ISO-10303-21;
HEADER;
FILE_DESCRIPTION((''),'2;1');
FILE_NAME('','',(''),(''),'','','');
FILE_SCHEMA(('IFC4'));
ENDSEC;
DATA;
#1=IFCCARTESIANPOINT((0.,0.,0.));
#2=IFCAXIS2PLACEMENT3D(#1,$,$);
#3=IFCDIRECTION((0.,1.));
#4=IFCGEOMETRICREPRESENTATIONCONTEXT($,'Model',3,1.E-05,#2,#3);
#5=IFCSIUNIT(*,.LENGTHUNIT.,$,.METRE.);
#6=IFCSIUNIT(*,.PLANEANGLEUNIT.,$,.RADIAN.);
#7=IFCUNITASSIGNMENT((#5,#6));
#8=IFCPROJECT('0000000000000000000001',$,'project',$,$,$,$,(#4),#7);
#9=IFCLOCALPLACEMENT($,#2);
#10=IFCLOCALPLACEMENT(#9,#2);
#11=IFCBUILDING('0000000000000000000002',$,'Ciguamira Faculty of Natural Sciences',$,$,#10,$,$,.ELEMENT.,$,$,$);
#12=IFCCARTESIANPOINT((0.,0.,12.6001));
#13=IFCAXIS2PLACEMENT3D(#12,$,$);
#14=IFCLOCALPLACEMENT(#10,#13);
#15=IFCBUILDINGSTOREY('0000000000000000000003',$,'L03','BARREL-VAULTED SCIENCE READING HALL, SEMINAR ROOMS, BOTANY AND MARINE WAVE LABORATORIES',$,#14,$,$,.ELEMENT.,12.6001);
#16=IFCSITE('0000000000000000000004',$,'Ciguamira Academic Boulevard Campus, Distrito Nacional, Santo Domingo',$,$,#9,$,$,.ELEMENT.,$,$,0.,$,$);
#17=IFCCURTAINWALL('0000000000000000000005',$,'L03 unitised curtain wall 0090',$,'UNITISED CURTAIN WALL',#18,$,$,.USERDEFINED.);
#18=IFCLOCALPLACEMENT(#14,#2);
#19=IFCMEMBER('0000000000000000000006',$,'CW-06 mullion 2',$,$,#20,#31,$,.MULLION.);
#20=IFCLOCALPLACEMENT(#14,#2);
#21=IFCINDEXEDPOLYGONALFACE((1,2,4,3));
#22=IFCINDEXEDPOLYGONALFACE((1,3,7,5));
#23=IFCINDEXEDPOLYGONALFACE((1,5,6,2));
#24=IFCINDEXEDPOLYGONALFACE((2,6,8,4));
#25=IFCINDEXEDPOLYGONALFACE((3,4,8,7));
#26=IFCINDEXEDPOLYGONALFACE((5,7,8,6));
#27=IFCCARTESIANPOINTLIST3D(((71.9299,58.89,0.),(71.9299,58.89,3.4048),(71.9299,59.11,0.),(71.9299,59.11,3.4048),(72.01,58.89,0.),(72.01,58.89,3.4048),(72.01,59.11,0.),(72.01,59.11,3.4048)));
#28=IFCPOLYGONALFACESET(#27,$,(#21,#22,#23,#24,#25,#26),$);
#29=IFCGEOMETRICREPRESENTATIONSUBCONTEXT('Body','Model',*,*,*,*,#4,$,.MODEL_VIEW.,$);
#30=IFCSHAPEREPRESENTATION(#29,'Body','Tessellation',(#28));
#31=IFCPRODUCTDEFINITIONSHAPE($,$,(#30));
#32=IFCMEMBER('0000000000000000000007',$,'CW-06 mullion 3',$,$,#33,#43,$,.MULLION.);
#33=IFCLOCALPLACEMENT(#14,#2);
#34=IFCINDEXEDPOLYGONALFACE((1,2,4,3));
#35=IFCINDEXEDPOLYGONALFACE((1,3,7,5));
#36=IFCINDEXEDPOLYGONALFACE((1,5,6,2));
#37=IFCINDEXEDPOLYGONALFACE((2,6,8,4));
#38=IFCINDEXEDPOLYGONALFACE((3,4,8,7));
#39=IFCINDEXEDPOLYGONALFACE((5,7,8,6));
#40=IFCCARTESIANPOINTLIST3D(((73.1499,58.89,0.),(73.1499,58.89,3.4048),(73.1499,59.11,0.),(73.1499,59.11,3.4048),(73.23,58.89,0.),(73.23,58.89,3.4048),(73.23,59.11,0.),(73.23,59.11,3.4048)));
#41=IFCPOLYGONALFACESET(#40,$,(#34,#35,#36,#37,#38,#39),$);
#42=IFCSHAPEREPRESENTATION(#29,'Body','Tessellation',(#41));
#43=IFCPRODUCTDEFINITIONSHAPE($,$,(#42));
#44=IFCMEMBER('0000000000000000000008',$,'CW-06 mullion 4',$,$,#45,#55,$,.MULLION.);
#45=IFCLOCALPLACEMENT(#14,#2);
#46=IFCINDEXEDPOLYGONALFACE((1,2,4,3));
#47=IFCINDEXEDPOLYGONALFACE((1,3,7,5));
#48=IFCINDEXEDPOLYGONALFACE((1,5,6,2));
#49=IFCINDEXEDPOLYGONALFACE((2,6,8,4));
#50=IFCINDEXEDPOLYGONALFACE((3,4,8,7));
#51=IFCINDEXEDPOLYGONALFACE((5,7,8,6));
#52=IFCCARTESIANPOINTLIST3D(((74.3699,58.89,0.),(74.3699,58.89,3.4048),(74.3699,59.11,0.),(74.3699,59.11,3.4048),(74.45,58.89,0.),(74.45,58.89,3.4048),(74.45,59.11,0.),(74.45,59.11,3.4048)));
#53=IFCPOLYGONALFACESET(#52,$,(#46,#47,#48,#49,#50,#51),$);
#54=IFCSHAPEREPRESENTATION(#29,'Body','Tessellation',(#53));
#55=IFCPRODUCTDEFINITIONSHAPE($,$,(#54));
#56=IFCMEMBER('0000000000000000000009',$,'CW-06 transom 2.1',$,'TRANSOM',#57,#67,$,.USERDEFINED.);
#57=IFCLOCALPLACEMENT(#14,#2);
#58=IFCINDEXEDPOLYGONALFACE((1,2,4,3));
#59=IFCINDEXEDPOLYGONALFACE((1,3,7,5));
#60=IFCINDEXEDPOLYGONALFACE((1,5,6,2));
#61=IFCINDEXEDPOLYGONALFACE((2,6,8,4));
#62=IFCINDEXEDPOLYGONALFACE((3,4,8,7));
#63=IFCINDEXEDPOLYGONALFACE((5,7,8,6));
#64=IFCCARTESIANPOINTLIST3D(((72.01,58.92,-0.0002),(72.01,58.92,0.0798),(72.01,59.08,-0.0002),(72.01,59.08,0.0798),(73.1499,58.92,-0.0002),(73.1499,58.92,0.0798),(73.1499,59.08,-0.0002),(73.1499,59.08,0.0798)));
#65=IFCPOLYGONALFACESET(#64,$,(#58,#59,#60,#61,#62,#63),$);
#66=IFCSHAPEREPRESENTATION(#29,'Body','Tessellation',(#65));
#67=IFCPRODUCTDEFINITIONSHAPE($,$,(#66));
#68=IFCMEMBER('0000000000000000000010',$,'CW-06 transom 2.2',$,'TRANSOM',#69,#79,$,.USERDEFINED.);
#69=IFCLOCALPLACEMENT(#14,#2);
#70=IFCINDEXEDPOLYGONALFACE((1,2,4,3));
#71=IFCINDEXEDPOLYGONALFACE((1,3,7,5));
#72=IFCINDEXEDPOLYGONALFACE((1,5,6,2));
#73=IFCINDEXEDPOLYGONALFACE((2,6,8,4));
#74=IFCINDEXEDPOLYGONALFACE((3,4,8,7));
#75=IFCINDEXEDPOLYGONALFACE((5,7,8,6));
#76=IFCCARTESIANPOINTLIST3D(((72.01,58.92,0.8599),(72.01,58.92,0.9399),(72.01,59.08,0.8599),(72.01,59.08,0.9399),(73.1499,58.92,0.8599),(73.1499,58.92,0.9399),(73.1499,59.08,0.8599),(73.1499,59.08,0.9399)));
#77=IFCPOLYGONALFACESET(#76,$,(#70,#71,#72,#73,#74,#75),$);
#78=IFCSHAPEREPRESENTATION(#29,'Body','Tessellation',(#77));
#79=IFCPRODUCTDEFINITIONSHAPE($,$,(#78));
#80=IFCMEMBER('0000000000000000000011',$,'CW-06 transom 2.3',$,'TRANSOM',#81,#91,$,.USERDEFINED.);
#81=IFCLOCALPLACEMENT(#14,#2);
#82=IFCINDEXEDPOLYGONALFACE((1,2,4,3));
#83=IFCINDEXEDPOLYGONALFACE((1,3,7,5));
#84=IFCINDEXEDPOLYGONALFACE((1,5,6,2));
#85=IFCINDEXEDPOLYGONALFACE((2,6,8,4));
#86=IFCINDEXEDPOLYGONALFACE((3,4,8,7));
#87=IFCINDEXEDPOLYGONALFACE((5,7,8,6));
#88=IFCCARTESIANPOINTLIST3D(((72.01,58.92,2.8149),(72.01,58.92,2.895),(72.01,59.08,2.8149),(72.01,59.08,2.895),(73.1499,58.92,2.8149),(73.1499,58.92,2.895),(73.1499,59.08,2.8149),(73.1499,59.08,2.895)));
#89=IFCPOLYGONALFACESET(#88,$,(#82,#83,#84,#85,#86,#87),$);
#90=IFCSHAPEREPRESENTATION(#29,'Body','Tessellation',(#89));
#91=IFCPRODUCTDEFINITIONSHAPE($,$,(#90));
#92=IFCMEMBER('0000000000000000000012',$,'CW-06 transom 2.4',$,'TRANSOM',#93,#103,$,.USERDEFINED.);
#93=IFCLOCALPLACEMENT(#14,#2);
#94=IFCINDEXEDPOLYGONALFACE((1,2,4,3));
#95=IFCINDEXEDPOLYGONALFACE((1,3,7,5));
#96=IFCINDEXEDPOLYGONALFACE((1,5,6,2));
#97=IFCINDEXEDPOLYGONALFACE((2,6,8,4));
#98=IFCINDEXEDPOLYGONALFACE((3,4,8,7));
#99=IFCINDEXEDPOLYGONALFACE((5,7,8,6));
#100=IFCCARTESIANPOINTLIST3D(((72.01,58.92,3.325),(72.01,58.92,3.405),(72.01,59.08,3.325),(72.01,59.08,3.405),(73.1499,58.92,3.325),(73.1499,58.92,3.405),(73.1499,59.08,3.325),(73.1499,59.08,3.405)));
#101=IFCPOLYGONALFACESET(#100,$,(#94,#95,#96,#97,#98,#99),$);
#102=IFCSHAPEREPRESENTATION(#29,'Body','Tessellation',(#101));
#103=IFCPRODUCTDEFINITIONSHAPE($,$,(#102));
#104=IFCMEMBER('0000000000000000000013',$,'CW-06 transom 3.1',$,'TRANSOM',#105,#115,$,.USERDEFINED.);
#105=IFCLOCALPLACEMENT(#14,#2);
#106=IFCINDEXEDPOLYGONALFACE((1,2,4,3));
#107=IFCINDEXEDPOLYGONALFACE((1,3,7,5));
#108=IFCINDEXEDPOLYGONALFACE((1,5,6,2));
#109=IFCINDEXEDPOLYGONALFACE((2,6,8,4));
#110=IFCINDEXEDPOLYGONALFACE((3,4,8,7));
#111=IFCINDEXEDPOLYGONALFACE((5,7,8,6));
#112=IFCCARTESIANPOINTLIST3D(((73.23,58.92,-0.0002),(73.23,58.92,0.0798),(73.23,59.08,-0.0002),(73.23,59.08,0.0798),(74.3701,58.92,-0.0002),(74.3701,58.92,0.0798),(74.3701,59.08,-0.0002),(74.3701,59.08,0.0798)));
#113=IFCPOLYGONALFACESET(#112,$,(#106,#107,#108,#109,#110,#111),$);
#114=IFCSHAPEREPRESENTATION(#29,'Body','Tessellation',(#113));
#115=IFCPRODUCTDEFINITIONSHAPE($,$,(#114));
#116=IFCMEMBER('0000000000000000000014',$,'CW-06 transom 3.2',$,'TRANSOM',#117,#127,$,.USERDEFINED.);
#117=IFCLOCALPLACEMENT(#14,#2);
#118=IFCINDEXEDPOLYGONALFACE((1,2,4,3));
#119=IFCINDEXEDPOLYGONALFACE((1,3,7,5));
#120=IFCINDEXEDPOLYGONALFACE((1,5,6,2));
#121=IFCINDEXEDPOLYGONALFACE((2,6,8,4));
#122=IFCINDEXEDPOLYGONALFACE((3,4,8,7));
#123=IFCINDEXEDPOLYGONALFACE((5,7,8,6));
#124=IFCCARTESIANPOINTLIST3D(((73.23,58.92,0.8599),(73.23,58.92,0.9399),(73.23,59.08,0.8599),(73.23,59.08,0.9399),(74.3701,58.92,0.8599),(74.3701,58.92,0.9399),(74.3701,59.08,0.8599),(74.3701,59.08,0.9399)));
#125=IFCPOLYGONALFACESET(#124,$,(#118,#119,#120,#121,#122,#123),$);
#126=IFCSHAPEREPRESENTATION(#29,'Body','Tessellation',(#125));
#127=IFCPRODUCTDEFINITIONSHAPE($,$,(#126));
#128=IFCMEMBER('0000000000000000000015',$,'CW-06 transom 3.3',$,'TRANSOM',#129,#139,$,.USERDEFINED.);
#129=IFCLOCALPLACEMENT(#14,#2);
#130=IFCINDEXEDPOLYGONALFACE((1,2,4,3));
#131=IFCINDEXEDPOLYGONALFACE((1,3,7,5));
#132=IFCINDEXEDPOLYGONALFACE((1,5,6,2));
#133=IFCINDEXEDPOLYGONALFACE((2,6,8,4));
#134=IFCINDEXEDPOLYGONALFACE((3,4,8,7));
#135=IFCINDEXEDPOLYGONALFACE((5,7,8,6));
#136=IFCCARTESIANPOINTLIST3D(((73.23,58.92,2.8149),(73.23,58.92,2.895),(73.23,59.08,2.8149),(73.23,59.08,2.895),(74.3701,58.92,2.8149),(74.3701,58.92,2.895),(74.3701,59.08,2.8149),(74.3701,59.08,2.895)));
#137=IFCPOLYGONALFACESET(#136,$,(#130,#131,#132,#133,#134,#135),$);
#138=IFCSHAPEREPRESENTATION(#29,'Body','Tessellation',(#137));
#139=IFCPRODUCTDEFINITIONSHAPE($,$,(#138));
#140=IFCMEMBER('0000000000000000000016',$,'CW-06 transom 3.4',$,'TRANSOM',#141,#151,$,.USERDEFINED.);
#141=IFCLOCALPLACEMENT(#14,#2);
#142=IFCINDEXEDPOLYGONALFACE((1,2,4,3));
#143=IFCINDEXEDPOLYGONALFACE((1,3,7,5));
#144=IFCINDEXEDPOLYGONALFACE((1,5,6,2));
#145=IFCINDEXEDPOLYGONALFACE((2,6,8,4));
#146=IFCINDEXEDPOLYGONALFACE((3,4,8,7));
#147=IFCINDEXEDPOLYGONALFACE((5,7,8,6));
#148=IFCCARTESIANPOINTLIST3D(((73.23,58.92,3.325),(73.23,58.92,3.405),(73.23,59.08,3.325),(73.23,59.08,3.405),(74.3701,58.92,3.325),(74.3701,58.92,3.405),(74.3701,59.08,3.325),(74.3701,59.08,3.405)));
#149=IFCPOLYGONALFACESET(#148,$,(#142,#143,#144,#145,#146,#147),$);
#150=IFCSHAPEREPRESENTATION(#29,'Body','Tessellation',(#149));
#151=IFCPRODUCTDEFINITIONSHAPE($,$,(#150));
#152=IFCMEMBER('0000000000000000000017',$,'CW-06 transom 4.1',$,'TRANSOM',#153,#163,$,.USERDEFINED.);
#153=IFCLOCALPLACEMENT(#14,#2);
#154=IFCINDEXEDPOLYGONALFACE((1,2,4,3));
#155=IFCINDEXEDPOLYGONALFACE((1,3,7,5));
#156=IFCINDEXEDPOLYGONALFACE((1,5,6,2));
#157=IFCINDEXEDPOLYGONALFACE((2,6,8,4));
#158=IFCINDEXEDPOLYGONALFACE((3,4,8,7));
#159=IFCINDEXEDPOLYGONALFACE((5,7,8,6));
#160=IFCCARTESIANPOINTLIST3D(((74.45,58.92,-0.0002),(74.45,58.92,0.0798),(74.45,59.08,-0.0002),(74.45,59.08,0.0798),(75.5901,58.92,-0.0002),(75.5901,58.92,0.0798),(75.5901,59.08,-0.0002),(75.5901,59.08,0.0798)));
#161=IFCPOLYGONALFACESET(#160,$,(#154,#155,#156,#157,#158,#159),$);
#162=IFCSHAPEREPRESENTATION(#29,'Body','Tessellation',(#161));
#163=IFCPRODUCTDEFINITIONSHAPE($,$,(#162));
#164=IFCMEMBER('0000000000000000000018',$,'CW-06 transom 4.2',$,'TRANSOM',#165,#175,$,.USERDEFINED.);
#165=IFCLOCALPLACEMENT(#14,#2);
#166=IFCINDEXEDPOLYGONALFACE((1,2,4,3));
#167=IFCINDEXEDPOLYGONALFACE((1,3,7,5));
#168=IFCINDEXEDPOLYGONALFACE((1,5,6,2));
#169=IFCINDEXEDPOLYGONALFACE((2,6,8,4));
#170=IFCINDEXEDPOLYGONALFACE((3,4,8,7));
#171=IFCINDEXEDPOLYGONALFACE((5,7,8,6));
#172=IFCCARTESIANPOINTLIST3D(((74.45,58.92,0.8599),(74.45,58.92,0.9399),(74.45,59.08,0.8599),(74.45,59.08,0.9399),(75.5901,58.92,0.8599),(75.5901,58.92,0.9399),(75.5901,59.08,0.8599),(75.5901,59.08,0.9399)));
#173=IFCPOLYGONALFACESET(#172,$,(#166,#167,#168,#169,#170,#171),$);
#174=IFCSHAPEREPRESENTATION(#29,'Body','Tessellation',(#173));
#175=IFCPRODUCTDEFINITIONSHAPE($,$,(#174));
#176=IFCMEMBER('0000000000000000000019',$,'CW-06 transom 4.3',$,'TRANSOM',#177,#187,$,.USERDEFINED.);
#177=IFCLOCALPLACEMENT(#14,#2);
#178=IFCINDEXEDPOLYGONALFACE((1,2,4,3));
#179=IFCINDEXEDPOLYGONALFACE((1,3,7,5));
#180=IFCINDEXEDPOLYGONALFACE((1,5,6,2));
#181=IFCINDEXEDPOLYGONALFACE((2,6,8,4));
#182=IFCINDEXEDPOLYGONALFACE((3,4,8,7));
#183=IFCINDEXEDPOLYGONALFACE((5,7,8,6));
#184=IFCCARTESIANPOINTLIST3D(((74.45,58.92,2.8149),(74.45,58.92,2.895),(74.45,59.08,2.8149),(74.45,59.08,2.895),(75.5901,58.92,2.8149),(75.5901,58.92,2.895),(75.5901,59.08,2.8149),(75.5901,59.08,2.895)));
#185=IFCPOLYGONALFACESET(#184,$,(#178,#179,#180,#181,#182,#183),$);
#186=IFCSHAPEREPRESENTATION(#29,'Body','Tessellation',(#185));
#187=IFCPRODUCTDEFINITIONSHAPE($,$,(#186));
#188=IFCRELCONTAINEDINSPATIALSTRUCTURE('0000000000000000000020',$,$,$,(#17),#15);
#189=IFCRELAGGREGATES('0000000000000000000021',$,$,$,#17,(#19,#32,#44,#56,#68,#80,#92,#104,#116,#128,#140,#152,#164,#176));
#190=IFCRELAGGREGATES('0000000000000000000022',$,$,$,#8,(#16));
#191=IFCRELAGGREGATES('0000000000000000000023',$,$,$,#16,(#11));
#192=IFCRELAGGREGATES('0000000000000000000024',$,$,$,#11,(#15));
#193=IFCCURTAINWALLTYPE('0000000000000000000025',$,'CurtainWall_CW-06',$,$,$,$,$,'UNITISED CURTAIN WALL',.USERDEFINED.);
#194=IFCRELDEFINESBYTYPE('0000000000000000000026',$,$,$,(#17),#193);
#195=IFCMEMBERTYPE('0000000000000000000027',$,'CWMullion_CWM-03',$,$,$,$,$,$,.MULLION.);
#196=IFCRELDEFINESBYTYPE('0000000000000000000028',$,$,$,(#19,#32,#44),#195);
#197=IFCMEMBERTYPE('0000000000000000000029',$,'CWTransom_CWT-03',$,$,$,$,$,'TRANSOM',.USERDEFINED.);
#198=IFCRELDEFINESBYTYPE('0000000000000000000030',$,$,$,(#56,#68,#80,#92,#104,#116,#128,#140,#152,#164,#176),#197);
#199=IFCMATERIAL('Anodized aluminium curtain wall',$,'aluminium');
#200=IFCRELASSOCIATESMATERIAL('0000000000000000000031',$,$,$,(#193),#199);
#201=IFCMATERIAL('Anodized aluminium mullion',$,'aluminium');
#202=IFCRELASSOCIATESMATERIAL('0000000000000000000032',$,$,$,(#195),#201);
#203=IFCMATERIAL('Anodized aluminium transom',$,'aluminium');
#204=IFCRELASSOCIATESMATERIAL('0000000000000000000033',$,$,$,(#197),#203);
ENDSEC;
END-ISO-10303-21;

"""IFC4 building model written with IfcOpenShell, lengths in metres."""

from ifc_helpers import new_model, si_unit, direction, frame, origin, origin_2d, place, context, subcontext, project, spatial, rectangle, extrude, material, material_profile, profile_set, type_object, element, aggregate, save


model = new_model("IFC4")

# Units and contexts
model_context = context("Model", 3, precision=1e-05, world=origin(), true_north=direction((0.0, 1.0)))
body_context = subcontext(model_context, "Body", "Model", "MODEL_VIEW")
ifc_project = project(units=[si_unit("LENGTHUNIT", "METRE"), si_unit("PLANEANGLEUNIT", "RADIAN")], contexts=[model_context])

# Site, building, storey
site_placement = place(None, origin())
site = spatial("IfcSite", under=ifc_project, at=site_placement, Name="Ciguamira Academic Boulevard Campus, Distrito Nacional, Santo Domingo", CompositionType="ELEMENT", RefElevation=0.0)
building_placement = place(site_placement, origin())
building = spatial("IfcBuilding", under=site, at=building_placement, Name="Ciguamira Faculty of Natural Sciences", CompositionType="ELEMENT")
storey_placement = place(building_placement, frame((0.0, 0.0, 12.6001)))
storey = spatial("IfcBuildingStorey", under=building, at=storey_placement, Name="L03", Description="BARREL-VAULTED SCIENCE READING HALL, SEMINAR ROOMS, BOTANY AND MARINE WAVE LABORATORIES", CompositionType="ELEMENT", Elevation=12.6001)

# Curtain wall, members
ifc_material_1 = material(Name="Anodized aluminium curtain wall", Category="aluminium")
curtain_wall_type = type_object("IfcCurtainWallType", Name="CurtainWall_CW-06", ElementType="UNITISED CURTAIN WALL", PredefinedType="USERDEFINED", material=ifc_material_1)
curtain_wall_placement = place(storey_placement, origin())
curtain_wall = element("IfcCurtainWall", 1, at=curtain_wall_placement, inside=storey, type_object=curtain_wall_type, Name="L03 unitised curtain wall 0090", ObjectType="UNITISED CURTAIN WALL", PredefinedType="USERDEFINED")
ifc_material_2 = material(Name="Anodized aluminium mullion", Category="aluminium")
ifc_material_profile_1 = material_profile(ifc_material_2, rectangle(XDim=0.0801, YDim=0.22, at=origin_2d()), Name="ALU-MUL-80X220")
ifc_profile_set_1 = profile_set([ifc_material_profile_1], Name="Anodized aluminium mullion")
member_type_1 = type_object("IfcMemberType", Name="CWMullion_CWM-03", PredefinedType="MULLION", material=ifc_profile_set_1)
member_1_placement = place(storey_placement, frame((71.97, 59.0, 0.0), z_axis=(0.0, 0.0, 1.0), x_axis=(1.0, 0.0, 0.0)))
member_1 = element("IfcMember", 2, at=member_1_placement, type_object=member_type_1, Name="CW-06 mullion 2", PredefinedType="MULLION", context=body_context, shape_type="SweptSolid", body=[
    extrude(rectangle(XDim=0.0801, YDim=0.22, at=origin_2d()), origin(), (0.0, 0.0, 1.0), 3.4048),
])
member_2_placement = place(storey_placement, frame((73.1899, 59.0, 0.0), z_axis=(0.0, 0.0, 1.0), x_axis=(1.0, 0.0, 0.0)))
member_2 = element("IfcMember", 3, at=member_2_placement, type_object=member_type_1, Name="CW-06 mullion 3", PredefinedType="MULLION", context=body_context, shape_type="SweptSolid", body=[
    extrude(rectangle(XDim=0.0801, YDim=0.22, at=origin_2d()), origin(), (0.0, 0.0, 1.0), 3.4048),
])
member_3_placement = place(storey_placement, frame((74.4099, 59.0, 0.0), z_axis=(0.0, 0.0, 1.0), x_axis=(1.0, 0.0, 0.0)))
member_3 = element("IfcMember", 4, at=member_3_placement, type_object=member_type_1, Name="CW-06 mullion 4", PredefinedType="MULLION", context=body_context, shape_type="SweptSolid", body=[
    extrude(rectangle(XDim=0.0801, YDim=0.22, at=origin_2d()), origin(), (0.0, 0.0, 1.0), 3.4048),
])
ifc_material_3 = material(Name="Anodized aluminium transom", Category="aluminium")
ifc_material_profile_2 = material_profile(ifc_material_3, rectangle(XDim=0.0801, YDim=0.1599, at=origin_2d()), Name="ALU-TRN-80X160")
ifc_profile_set_2 = profile_set([ifc_material_profile_2], Name="Anodized aluminium transom")
member_type_2 = type_object("IfcMemberType", Name="CWTransom_CWT-03", ElementType="TRANSOM", PredefinedType="USERDEFINED", material=ifc_profile_set_2)
member_4_placement = place(storey_placement, frame((72.01, 59.0, 0.0398), z_axis=(1.0, 0.0, 0.0), x_axis=(0.0, 0.0, 1.0)))
member_4 = element("IfcMember", 5, at=member_4_placement, type_object=member_type_2, Name="CW-06 transom 2.1", ObjectType="TRANSOM", PredefinedType="USERDEFINED", context=body_context, shape_type="SweptSolid", body=[
    extrude(rectangle(XDim=0.0801, YDim=0.1599, at=origin_2d()), origin(), (0.0, 0.0, 1.0), 1.1399),
])
member_5_placement = place(storey_placement, frame((72.01, 59.0, 0.8999), z_axis=(1.0, 0.0, 0.0), x_axis=(0.0, 0.0, 1.0)))
member_5 = element("IfcMember", 6, at=member_5_placement, type_object=member_type_2, Name="CW-06 transom 2.2", ObjectType="TRANSOM", PredefinedType="USERDEFINED", context=body_context, shape_type="SweptSolid", body=[
    extrude(rectangle(XDim=0.0801, YDim=0.1599, at=origin_2d()), origin(), (0.0, 0.0, 1.0), 1.1399),
])
member_6_placement = place(storey_placement, frame((72.01, 59.0, 2.855), z_axis=(1.0, 0.0, 0.0), x_axis=(0.0, 0.0, 1.0)))
member_6 = element("IfcMember", 7, at=member_6_placement, type_object=member_type_2, Name="CW-06 transom 2.3", ObjectType="TRANSOM", PredefinedType="USERDEFINED", context=body_context, shape_type="SweptSolid", body=[
    extrude(rectangle(XDim=0.0801, YDim=0.1599, at=origin_2d()), origin(), (0.0, 0.0, 1.0), 1.1399),
])
member_7_placement = place(storey_placement, frame((72.01, 59.0, 3.365), z_axis=(1.0, 0.0, 0.0), x_axis=(0.0, 0.0, 1.0)))
member_7 = element("IfcMember", 8, at=member_7_placement, type_object=member_type_2, Name="CW-06 transom 2.4", ObjectType="TRANSOM", PredefinedType="USERDEFINED", context=body_context, shape_type="SweptSolid", body=[
    extrude(rectangle(XDim=0.0801, YDim=0.1599, at=origin_2d()), origin(), (0.0, 0.0, 1.0), 1.1399),
])
member_8_placement = place(storey_placement, frame((73.23, 59.0, 0.0398), z_axis=(1.0, 0.0, 0.0), x_axis=(0.0, 0.0, 1.0)))
member_8 = element("IfcMember", 9, at=member_8_placement, type_object=member_type_2, Name="CW-06 transom 3.1", ObjectType="TRANSOM", PredefinedType="USERDEFINED", context=body_context, shape_type="SweptSolid", body=[
    extrude(rectangle(XDim=0.0801, YDim=0.1599, at=origin_2d()), origin(), (0.0, 0.0, 1.0), 1.1401),
])
member_9_placement = place(storey_placement, frame((73.23, 59.0, 0.8999), z_axis=(1.0, 0.0, 0.0), x_axis=(0.0, 0.0, 1.0)))
member_9 = element("IfcMember", 10, at=member_9_placement, type_object=member_type_2, Name="CW-06 transom 3.2", ObjectType="TRANSOM", PredefinedType="USERDEFINED", context=body_context, shape_type="SweptSolid", body=[
    extrude(rectangle(XDim=0.0801, YDim=0.1599, at=origin_2d()), origin(), (0.0, 0.0, 1.0), 1.1401),
])
member_10_placement = place(storey_placement, frame((73.23, 59.0, 2.855), z_axis=(1.0, 0.0, 0.0), x_axis=(0.0, 0.0, 1.0)))
member_10 = element("IfcMember", 11, at=member_10_placement, type_object=member_type_2, Name="CW-06 transom 3.3", ObjectType="TRANSOM", PredefinedType="USERDEFINED", context=body_context, shape_type="SweptSolid", body=[
    extrude(rectangle(XDim=0.0801, YDim=0.1599, at=origin_2d()), origin(), (0.0, 0.0, 1.0), 1.1401),
])
member_11_placement = place(storey_placement, frame((73.23, 59.0, 3.365), z_axis=(1.0, 0.0, 0.0), x_axis=(0.0, 0.0, 1.0)))
member_11 = element("IfcMember", 12, at=member_11_placement, type_object=member_type_2, Name="CW-06 transom 3.4", ObjectType="TRANSOM", PredefinedType="USERDEFINED", context=body_context, shape_type="SweptSolid", body=[
    extrude(rectangle(XDim=0.0801, YDim=0.1599, at=origin_2d()), origin(), (0.0, 0.0, 1.0), 1.1401),
])
member_12_placement = place(storey_placement, frame((74.45, 59.0, 0.0398), z_axis=(1.0, 0.0, 0.0), x_axis=(0.0, 0.0, 1.0)))
member_12 = element("IfcMember", 13, at=member_12_placement, type_object=member_type_2, Name="CW-06 transom 4.1", ObjectType="TRANSOM", PredefinedType="USERDEFINED", context=body_context, shape_type="SweptSolid", body=[
    extrude(rectangle(XDim=0.0801, YDim=0.1599, at=origin_2d()), origin(), (0.0, 0.0, 1.0), 1.1401),
])
member_13_placement = place(storey_placement, frame((74.45, 59.0, 0.8999), z_axis=(1.0, 0.0, 0.0), x_axis=(0.0, 0.0, 1.0)))
member_13 = element("IfcMember", 14, at=member_13_placement, type_object=member_type_2, Name="CW-06 transom 4.2", ObjectType="TRANSOM", PredefinedType="USERDEFINED", context=body_context, shape_type="SweptSolid", body=[
    extrude(rectangle(XDim=0.0801, YDim=0.1599, at=origin_2d()), origin(), (0.0, 0.0, 1.0), 1.1401),
])
member_14_placement = place(storey_placement, frame((74.45, 59.0, 2.855), z_axis=(1.0, 0.0, 0.0), x_axis=(0.0, 0.0, 1.0)))
member_14 = element("IfcMember", 15, at=member_14_placement, type_object=member_type_2, Name="CW-06 transom 4.3", ObjectType="TRANSOM", PredefinedType="USERDEFINED", context=body_context, shape_type="SweptSolid", body=[
    extrude(rectangle(XDim=0.0801, YDim=0.1599, at=origin_2d()), origin(), (0.0, 0.0, 1.0), 1.1401),
])
aggregate(curtain_wall, [member_1, member_2, member_3, member_4, member_5, member_6, member_7, member_8, member_9, member_10, member_11, member_12, member_13, member_14])

save(model, "model.ifc")
